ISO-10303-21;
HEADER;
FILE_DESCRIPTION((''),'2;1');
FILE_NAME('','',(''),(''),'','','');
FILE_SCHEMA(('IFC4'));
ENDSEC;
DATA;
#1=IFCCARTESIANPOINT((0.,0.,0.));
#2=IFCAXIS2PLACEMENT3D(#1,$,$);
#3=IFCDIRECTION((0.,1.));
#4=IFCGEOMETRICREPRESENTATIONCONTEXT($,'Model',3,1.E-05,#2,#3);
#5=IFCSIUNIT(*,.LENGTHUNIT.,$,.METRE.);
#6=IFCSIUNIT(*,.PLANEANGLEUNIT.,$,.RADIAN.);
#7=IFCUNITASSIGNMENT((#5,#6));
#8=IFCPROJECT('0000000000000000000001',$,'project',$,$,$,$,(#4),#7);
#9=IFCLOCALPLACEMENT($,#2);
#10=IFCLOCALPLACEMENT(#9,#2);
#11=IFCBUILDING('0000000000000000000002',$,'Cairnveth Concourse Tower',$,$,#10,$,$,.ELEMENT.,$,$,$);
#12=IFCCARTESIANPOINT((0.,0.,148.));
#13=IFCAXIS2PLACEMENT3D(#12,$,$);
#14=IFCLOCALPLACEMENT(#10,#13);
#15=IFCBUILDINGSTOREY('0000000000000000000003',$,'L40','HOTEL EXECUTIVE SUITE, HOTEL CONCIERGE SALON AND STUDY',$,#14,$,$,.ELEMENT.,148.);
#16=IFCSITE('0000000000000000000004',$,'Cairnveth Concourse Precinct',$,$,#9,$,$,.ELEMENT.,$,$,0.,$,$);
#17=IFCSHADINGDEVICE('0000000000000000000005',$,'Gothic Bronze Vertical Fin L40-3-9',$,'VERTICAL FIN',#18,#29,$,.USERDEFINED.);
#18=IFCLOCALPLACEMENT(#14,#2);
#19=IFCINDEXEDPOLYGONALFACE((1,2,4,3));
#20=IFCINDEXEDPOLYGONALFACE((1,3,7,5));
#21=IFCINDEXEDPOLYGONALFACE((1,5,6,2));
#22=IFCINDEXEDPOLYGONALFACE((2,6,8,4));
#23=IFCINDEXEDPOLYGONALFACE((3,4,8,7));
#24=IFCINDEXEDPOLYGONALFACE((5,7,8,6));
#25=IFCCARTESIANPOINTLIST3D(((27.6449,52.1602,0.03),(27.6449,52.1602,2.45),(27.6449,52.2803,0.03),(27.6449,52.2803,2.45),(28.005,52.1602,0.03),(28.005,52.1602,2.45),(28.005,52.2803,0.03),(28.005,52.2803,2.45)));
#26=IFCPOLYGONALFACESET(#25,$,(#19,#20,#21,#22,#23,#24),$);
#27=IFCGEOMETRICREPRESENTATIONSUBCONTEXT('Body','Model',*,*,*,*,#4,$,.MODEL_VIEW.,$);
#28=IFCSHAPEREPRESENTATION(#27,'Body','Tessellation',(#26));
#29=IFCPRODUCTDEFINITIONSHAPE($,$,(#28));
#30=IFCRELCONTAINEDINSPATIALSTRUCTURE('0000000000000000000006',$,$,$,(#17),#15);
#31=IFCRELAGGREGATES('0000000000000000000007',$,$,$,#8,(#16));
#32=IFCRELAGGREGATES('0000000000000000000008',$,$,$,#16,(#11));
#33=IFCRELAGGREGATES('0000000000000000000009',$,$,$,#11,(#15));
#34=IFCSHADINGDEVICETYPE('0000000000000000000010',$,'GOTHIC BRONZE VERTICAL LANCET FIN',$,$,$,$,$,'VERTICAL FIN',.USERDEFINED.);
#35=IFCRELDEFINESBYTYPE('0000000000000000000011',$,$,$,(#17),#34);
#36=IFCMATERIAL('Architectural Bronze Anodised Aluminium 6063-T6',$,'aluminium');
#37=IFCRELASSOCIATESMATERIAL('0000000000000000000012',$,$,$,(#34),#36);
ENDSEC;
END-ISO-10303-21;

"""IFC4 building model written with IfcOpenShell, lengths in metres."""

from ifc_helpers import new_model, si_unit, direction, frame, origin, origin_2d, place, context, subcontext, project, spatial, rectangle, extrude, material, type_object, element, save


model = new_model("IFC4")

# Units and contexts
model_context = context("Model", 3, precision=1e-05, world=origin(), true_north=direction((0.0, 1.0)))
body_context = subcontext(model_context, "Body", "Model", "MODEL_VIEW")
ifc_project = project(units=[si_unit("LENGTHUNIT", "METRE"), si_unit("PLANEANGLEUNIT", "RADIAN")], contexts=[model_context])

# Site, building, storey
site_placement = place(None, origin())
site = spatial("IfcSite", under=ifc_project, at=site_placement, Name="Cairnveth Concourse Precinct", CompositionType="ELEMENT", RefElevation=0.0)
building_placement = place(site_placement, origin())
building = spatial("IfcBuilding", under=site, at=building_placement, Name="Cairnveth Concourse Tower", CompositionType="ELEMENT")
storey_placement = place(building_placement, frame((0.0, 0.0, 148.0)))
storey = spatial("IfcBuildingStorey", under=building, at=storey_placement, Name="L40", Description="HOTEL EXECUTIVE SUITE, HOTEL CONCIERGE SALON AND STUDY", CompositionType="ELEMENT", Elevation=148.0)

# Shading device
ifc_material_1 = material(Name="Architectural Bronze Anodised Aluminium 6063-T6", Category="aluminium")
shading_device_type = type_object("IfcShadingDeviceType", Name="GOTHIC BRONZE VERTICAL LANCET FIN", ElementType="VERTICAL FIN", PredefinedType="USERDEFINED", material=ifc_material_1)
shading_device_placement = place(storey_placement, frame((27.825, 52.2202, 0.03), z_axis=(0.0, 0.0, 1.0), x_axis=(0.0, 1.0, 0.0)))
element("IfcShadingDevice", 1, at=shading_device_placement, inside=storey, type_object=shading_device_type, Name="Gothic Bronze Vertical Fin L40-3-9", ObjectType="VERTICAL FIN", PredefinedType="USERDEFINED", context=body_context, shape_type="SweptSolid", body=[
    extrude(rectangle(XDim=0.1201, YDim=0.3601, at=origin_2d()), origin(), (0.0, 0.0, 1.0), 2.4199),
])

save(model, "model.ifc")
